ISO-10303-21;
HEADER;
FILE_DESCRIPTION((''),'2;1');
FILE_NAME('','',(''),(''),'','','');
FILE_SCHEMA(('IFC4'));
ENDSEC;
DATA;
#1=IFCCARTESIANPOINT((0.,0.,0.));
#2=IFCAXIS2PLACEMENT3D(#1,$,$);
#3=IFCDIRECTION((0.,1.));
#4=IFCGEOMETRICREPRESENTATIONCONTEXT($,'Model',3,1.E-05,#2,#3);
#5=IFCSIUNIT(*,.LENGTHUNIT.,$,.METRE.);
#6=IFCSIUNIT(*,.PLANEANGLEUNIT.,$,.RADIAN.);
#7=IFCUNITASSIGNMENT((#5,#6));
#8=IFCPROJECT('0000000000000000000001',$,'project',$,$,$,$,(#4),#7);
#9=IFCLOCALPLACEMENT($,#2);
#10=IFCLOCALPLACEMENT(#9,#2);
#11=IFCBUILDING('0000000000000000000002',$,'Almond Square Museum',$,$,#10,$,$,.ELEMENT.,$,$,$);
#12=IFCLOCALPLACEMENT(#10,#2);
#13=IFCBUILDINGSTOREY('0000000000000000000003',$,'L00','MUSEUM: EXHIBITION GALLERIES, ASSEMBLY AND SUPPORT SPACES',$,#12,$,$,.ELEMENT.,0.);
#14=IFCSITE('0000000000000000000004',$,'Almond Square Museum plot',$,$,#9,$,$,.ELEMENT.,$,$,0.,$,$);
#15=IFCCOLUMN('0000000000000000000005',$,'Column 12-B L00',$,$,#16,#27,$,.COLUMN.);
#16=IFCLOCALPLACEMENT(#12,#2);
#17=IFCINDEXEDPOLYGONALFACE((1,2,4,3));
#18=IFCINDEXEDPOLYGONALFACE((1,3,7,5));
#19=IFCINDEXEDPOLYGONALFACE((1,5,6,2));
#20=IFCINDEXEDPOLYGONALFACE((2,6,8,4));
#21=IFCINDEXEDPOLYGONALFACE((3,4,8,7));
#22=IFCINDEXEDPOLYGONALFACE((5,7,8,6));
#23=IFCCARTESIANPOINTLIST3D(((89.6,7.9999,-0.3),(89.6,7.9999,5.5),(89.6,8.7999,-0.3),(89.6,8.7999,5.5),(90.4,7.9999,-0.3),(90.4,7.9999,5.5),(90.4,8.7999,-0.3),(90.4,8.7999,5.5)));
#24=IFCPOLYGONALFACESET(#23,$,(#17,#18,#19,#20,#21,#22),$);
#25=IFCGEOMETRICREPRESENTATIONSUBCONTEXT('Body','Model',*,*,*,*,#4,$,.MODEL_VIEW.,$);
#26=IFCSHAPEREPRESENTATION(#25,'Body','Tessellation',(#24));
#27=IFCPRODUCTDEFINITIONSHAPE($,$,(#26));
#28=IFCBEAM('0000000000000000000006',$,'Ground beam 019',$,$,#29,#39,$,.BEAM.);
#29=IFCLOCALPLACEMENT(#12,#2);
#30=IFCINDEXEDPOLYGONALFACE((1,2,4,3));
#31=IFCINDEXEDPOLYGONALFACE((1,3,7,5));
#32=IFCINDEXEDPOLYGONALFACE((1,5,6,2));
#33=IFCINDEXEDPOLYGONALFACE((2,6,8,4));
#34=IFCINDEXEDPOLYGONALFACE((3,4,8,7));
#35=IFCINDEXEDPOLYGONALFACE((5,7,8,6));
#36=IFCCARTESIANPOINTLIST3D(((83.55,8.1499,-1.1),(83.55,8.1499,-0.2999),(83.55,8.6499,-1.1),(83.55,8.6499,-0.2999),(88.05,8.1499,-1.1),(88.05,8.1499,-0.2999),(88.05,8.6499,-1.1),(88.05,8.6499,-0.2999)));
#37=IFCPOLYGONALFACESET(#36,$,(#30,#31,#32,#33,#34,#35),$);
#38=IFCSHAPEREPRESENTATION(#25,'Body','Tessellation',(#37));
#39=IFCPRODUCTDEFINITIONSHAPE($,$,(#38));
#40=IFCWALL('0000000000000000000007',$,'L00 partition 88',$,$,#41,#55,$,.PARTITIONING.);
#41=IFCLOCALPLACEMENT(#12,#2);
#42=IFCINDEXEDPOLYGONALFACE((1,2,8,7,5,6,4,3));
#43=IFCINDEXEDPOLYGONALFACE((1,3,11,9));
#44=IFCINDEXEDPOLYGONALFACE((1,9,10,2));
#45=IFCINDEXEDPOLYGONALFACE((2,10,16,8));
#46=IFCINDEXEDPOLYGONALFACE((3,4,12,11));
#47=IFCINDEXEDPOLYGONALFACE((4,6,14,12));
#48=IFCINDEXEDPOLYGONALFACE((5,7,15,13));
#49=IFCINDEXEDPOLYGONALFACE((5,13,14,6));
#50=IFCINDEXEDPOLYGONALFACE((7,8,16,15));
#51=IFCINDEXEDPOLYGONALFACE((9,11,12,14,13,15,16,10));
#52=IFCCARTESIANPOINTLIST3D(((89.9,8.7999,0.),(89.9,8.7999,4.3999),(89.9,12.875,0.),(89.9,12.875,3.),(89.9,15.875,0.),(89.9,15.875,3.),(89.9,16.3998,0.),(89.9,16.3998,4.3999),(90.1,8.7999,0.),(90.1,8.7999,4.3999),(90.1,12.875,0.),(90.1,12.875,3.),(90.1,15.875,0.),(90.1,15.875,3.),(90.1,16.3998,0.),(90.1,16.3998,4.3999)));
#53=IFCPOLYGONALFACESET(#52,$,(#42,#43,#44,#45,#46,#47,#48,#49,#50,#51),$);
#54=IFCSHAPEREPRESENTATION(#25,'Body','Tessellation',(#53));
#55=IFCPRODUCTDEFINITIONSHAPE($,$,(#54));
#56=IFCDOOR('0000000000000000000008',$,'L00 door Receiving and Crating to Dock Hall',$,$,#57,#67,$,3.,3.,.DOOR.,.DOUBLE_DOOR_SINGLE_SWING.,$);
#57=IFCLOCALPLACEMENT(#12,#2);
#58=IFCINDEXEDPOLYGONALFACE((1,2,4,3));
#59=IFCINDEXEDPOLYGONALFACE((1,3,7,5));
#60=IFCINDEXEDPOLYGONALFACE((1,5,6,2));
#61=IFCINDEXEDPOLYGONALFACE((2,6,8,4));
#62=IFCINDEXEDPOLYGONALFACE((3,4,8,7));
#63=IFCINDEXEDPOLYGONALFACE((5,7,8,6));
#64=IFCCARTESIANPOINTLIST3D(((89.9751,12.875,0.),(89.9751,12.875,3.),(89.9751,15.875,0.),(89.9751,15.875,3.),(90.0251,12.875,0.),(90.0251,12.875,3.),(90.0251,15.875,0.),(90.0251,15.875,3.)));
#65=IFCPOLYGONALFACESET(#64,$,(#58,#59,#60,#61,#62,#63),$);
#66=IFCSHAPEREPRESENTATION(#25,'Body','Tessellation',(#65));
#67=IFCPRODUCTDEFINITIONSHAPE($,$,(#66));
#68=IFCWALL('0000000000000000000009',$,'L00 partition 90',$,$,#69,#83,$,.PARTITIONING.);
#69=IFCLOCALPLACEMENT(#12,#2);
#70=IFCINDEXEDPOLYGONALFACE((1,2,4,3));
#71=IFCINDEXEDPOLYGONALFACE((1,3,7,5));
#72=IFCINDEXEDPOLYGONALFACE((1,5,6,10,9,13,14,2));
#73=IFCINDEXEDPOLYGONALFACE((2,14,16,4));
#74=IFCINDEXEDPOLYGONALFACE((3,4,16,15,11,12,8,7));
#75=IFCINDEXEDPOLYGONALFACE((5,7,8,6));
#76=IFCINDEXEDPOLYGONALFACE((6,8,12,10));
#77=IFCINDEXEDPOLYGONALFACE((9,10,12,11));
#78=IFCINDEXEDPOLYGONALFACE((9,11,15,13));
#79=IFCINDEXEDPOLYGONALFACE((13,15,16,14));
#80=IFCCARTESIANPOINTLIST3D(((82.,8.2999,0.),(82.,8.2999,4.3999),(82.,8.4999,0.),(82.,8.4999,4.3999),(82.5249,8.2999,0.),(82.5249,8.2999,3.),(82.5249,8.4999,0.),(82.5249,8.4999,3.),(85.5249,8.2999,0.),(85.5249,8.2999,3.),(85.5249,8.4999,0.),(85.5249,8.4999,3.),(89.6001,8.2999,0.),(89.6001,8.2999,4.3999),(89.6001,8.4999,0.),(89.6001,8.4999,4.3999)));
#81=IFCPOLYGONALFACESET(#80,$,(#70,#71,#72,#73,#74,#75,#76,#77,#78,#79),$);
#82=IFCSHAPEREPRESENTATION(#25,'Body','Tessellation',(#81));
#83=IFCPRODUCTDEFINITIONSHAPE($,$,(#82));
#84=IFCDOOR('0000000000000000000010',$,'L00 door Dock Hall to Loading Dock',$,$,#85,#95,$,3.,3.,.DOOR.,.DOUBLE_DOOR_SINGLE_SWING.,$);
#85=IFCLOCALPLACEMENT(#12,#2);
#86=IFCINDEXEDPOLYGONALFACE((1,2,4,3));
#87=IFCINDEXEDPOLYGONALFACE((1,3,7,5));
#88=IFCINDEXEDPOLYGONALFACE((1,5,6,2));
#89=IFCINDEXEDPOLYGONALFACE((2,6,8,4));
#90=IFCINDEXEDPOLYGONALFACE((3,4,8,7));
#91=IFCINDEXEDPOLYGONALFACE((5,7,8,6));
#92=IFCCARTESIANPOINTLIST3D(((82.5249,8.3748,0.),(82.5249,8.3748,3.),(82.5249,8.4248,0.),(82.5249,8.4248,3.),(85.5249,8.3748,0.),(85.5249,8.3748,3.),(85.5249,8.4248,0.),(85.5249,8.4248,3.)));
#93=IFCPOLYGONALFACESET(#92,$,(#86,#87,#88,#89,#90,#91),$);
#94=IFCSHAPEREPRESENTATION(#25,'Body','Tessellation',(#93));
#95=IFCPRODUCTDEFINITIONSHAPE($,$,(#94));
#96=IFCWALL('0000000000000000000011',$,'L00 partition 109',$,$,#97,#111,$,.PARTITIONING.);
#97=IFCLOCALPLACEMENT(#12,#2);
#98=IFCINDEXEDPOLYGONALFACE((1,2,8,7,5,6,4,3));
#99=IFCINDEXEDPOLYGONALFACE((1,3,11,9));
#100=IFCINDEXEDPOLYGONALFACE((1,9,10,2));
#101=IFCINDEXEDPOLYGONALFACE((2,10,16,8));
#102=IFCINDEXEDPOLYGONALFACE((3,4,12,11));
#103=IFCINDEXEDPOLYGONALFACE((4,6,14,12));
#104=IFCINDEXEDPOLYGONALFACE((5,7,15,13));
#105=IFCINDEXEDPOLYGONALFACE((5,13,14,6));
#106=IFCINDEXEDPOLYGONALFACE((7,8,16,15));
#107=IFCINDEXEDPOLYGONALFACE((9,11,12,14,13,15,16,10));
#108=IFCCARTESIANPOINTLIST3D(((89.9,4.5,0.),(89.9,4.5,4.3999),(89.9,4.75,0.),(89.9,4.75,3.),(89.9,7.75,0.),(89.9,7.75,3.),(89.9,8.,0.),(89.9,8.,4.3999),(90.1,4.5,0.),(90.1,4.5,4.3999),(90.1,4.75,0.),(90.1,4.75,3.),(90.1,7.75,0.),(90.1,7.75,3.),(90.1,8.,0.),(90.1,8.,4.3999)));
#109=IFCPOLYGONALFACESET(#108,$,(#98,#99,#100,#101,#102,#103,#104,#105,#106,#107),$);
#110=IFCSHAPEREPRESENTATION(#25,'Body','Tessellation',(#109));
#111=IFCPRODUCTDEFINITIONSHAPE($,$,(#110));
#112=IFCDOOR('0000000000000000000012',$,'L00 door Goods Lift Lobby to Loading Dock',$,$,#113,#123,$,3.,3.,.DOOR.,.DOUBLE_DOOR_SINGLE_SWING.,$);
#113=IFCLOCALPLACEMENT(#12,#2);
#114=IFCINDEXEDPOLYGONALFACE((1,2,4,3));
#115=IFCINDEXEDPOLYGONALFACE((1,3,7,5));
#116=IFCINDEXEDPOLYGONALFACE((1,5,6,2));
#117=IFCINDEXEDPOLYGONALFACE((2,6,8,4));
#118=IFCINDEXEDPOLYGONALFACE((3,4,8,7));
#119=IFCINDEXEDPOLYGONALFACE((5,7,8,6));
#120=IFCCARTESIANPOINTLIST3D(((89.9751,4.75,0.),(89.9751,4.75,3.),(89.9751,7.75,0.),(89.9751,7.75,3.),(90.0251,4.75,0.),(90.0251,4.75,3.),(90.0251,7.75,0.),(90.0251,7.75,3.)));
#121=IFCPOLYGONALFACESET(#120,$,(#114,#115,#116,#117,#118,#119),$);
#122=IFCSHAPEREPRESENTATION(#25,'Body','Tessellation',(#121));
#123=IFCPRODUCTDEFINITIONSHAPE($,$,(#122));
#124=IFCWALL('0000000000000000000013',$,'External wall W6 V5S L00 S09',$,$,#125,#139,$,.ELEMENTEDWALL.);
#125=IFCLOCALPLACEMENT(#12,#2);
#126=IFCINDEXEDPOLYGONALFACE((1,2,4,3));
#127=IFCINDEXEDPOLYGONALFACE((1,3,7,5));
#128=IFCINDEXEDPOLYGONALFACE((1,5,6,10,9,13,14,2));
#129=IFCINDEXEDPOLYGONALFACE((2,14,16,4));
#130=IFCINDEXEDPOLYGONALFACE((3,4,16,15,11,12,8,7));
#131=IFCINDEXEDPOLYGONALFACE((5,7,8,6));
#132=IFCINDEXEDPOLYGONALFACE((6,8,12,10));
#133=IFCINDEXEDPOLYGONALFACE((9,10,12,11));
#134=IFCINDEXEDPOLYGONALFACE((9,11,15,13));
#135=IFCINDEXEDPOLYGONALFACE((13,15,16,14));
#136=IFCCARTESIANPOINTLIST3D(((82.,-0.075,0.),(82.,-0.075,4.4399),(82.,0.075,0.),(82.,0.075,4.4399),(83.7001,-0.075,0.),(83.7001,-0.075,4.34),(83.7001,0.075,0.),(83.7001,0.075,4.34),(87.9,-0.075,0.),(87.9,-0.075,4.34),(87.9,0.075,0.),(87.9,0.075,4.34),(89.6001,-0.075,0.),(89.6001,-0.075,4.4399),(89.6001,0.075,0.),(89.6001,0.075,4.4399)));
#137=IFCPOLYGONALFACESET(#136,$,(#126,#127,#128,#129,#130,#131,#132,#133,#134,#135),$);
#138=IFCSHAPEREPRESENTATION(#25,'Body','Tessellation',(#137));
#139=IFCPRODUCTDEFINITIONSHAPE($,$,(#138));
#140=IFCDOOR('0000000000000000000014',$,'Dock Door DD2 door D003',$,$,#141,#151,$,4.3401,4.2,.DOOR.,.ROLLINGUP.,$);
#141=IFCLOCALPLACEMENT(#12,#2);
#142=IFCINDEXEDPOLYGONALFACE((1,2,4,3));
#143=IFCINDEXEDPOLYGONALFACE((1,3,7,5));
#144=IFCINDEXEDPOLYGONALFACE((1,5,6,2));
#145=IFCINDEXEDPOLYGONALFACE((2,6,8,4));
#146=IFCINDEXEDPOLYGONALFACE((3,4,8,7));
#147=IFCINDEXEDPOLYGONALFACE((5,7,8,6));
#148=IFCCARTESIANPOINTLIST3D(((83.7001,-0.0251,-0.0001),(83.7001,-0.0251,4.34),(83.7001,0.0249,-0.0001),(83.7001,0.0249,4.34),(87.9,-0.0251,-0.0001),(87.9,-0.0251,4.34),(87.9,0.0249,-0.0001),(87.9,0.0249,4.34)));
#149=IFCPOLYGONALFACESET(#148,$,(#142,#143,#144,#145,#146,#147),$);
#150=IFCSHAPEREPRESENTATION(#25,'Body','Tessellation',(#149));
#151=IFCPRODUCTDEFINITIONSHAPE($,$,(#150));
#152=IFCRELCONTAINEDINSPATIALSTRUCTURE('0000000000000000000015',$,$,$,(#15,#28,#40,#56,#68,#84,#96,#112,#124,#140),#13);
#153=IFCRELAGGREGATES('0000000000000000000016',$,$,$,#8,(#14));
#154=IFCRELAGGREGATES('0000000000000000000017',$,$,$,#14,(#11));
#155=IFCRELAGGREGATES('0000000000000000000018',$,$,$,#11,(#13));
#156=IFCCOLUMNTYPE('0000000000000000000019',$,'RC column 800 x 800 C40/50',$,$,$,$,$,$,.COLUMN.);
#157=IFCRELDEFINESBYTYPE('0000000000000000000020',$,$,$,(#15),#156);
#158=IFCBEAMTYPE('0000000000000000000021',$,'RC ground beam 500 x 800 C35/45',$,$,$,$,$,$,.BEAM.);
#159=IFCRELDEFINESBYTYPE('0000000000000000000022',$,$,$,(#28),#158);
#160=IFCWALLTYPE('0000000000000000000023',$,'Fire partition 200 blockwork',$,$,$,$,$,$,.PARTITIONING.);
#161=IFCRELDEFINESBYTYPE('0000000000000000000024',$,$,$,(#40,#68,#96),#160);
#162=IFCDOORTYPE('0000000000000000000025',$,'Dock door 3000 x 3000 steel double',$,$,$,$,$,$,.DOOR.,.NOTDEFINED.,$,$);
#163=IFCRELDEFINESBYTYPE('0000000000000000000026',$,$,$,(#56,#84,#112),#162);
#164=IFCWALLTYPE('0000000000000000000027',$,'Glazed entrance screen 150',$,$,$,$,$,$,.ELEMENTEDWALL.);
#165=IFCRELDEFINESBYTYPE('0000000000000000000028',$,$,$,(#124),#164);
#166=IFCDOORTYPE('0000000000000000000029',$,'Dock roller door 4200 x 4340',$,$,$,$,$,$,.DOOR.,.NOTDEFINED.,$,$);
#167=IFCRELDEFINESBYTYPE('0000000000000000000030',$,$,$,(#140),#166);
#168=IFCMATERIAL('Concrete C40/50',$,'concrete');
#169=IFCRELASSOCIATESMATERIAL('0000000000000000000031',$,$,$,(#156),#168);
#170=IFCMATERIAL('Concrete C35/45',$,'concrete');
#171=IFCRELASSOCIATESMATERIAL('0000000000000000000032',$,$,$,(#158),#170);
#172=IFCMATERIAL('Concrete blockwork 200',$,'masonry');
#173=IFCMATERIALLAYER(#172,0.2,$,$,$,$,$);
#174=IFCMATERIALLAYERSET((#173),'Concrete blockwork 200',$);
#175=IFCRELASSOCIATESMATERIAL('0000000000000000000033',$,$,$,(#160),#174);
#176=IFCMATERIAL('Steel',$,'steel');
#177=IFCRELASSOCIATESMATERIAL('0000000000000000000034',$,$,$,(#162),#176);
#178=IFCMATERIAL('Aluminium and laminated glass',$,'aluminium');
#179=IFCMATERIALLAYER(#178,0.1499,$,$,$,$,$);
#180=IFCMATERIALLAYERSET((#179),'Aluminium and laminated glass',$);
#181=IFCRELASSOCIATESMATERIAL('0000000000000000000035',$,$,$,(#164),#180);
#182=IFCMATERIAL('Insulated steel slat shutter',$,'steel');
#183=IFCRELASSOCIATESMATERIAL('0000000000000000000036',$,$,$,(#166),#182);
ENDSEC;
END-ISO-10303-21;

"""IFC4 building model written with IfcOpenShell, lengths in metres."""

from ifc_helpers import new_model, si_unit, direction, frame, frame_2d, origin, origin_2d, place, context, subcontext, project, spatial, rectangle, extrude, material, layer, layer_set, material_profile, profile_set, type_object, element, fill, save


model = new_model("IFC4")

# Units and contexts
model_context = context("Model", 3, precision=1e-05, world=origin(), true_north=direction((0.0, 1.0)))
body_context = subcontext(model_context, "Body", "Model", "MODEL_VIEW")
ifc_project = project(units=[si_unit("LENGTHUNIT", "METRE"), si_unit("PLANEANGLEUNIT", "RADIAN")], contexts=[model_context])

# Site, building, storey
site_placement = place(None, origin())
site = spatial("IfcSite", under=ifc_project, at=site_placement, Name="Almond Square Museum plot", CompositionType="ELEMENT", RefElevation=0.0)
building_placement = place(site_placement, origin())
building = spatial("IfcBuilding", under=site, at=building_placement, Name="Almond Square Museum", CompositionType="ELEMENT")
storey_placement = place(building_placement, origin())
storey = spatial("IfcBuildingStorey", under=building, at=storey_placement, Name="L00", Description="MUSEUM: EXHIBITION GALLERIES, ASSEMBLY AND SUPPORT SPACES", CompositionType="ELEMENT", Elevation=0.0)

# Column
ifc_material_1 = material(Name="Concrete C40/50", Category="concrete")
ifc_material_profile_1 = material_profile(ifc_material_1, rectangle(XDim=0.8, YDim=0.8, at=origin_2d()))
ifc_profile_set_1 = profile_set([ifc_material_profile_1], Name="Concrete C40/50")
column_type = type_object("IfcColumnType", Name="RC column 800 x 800 C40/50", PredefinedType="COLUMN", material=ifc_profile_set_1)
for number, where, z_axis, x_axis, name in (
    (1, (90.0, 8.3999, -0.3), (0.0, 0.0, 1.0), (1.0, 0.0, 0.0), "Column 12-B L00"),
):
    element("IfcColumn", number, at=place(storey_placement, frame(where, z_axis=z_axis, x_axis=x_axis)), inside=storey, type_object=column_type, Name=name, PredefinedType="COLUMN", context=body_context, shape_type="SweptSolid", body=[
        extrude(rectangle(XDim=0.8, YDim=0.8, at=origin_2d()), origin(), (0.0, 0.0, 1.0), 5.8),
    ])

# Beam
ifc_material_2 = material(Name="Concrete C35/45", Category="concrete")
ifc_material_profile_2 = material_profile(ifc_material_2, rectangle(XDim=0.5, YDim=0.8, at=origin_2d()))
ifc_profile_set_2 = profile_set([ifc_material_profile_2], Name="Concrete C35/45")
beam_type = type_object("IfcBeamType", Name="RC ground beam 500 x 800 C35/45", PredefinedType="BEAM", material=ifc_profile_set_2)
beam_placement = place(storey_placement, frame((83.55, 8.3999, -0.7), z_axis=(1.0, 0.0, 0.0), x_axis=(0.0, 1.0, 0.0)))
element("IfcBeam", 2, at=beam_placement, inside=storey, type_object=beam_type, Name="Ground beam 019", PredefinedType="BEAM", context=body_context, shape_type="SweptSolid", body=[
    extrude(rectangle(XDim=0.5, YDim=0.8, at=origin_2d()), origin(), (0.0, 0.0, 1.0), 4.5),
])

# Walls, openings, doors
ifc_material_3 = material(Name="Concrete blockwork 200", Category="masonry")
ifc_layer_1 = layer(ifc_material_3, 0.2)
ifc_layer_set_1 = layer_set([ifc_layer_1], Name="Concrete blockwork 200")
wall_type_1 = type_object("IfcWallType", Name="Fire partition 200 blockwork", PredefinedType="PARTITIONING", material=ifc_layer_set_1)
wall_1_placement = place(storey_placement, frame((90.0, 8.8, 0.0), z_axis=(0.0, 0.0, 1.0), x_axis=(0.0, 1.0, 0.0)))
wall_1 = element("IfcWall", 3, at=wall_1_placement, inside=storey, type_object=wall_type_1, Name="L00 partition 88", PredefinedType="PARTITIONING", context=body_context, shape_type="SweptSolid", body=[
    extrude(rectangle(XDim=7.5999, YDim=0.2, at=frame_2d((3.7998, 0.0))), origin(), (0.0, 0.0, 1.0), 4.3999),
])
opening_1_placement = place(wall_1_placement, frame((4.075, 0.0, 0.0)))
opening_1 = element("IfcOpeningElement", 4, at=opening_1_placement, cuts=wall_1, PredefinedType="OPENING", context=body_context, shape_type="SweptSolid", body=[
    extrude(rectangle(XDim=3.0, YDim=3.0, at=frame_2d((1.5, 1.5))), frame((0.0, 0.1099, 0.0), z_axis=(0.0, -1.0, 0.0), x_axis=(1.0, 0.0, 0.0)), (0.0, 0.0, 1.0), 0.22),
])
ifc_material_4 = material(Name="Steel", Category="steel")
door_type_1 = type_object("IfcDoorType", Name="Dock door 3000 x 3000 steel double", OperationType="NOTDEFINED", PredefinedType="DOOR", material=ifc_material_4)
door_1_placement = place(opening_1_placement, origin())
door_1 = element("IfcDoor", 5, at=door_1_placement, inside=storey, type_object=door_type_1, Name="L00 door Receiving and Crating to Dock Hall", OperationType="DOUBLE_DOOR_SINGLE_SWING", OverallHeight=3.0, OverallWidth=3.0, PredefinedType="DOOR", context=body_context, shape_type="SweptSolid", body=[
    extrude(rectangle(XDim=3.0, YDim=3.0, at=frame_2d((1.5, 1.5))), frame((0.0, 0.0249, 0.0), z_axis=(0.0, -1.0, 0.0), x_axis=(1.0, 0.0, 0.0)), (0.0, 0.0, 1.0), 0.05),
])
fill(opening_1, door_1)
wall_2_placement = place(storey_placement, frame((82.0, 8.3999, 0.0), z_axis=(0.0, 0.0, 1.0), x_axis=(1.0, 0.0, 0.0)))
wall_2 = element("IfcWall", 6, at=wall_2_placement, inside=storey, type_object=wall_type_1, Name="L00 partition 90", PredefinedType="PARTITIONING", context=body_context, shape_type="SweptSolid", body=[
    extrude(rectangle(XDim=7.6001, YDim=0.2, at=frame_2d((3.8, 0.0))), origin(), (0.0, 0.0, 1.0), 4.3999),
])
opening_2_placement = place(wall_2_placement, frame((0.5249, 0.0, 0.0)))
opening_2 = element("IfcOpeningElement", 7, at=opening_2_placement, cuts=wall_2, PredefinedType="OPENING", context=body_context, shape_type="SweptSolid", body=[
    extrude(rectangle(XDim=3.0, YDim=3.0, at=frame_2d((1.5, 1.5))), frame((0.0, 0.1099, 0.0), z_axis=(0.0, -1.0, 0.0), x_axis=(1.0, 0.0, 0.0)), (0.0, 0.0, 1.0), 0.22),
])
door_2_placement = place(opening_2_placement, origin())
door_2 = element("IfcDoor", 8, at=door_2_placement, inside=storey, type_object=door_type_1, Name="L00 door Dock Hall to Loading Dock", OperationType="DOUBLE_DOOR_SINGLE_SWING", OverallHeight=3.0, OverallWidth=3.0, PredefinedType="DOOR", context=body_context, shape_type="SweptSolid", body=[
    extrude(rectangle(XDim=3.0, YDim=3.0, at=frame_2d((1.5, 1.5))), frame((0.0, 0.0249, 0.0), z_axis=(0.0, -1.0, 0.0), x_axis=(1.0, 0.0, 0.0)), (0.0, 0.0, 1.0), 0.05),
])
fill(opening_2, door_2)
wall_3_placement = place(storey_placement, frame((90.0, 4.5, 0.0), z_axis=(0.0, 0.0, 1.0), x_axis=(0.0, 1.0, 0.0)))
wall_3 = element("IfcWall", 9, at=wall_3_placement, inside=storey, type_object=wall_type_1, Name="L00 partition 109", PredefinedType="PARTITIONING", context=body_context, shape_type="SweptSolid", body=[
    extrude(rectangle(XDim=3.5, YDim=0.2, at=frame_2d((1.75, 0.0))), origin(), (0.0, 0.0, 1.0), 4.3999),
])
opening_3_placement = place(wall_3_placement, frame((0.25, 0.0, 0.0)))
opening_3 = element("IfcOpeningElement", 10, at=opening_3_placement, cuts=wall_3, PredefinedType="OPENING", context=body_context, shape_type="SweptSolid", body=[
    extrude(rectangle(XDim=3.0, YDim=3.0, at=frame_2d((1.5, 1.5))), frame((0.0, 0.1099, 0.0), z_axis=(0.0, -1.0, 0.0), x_axis=(1.0, 0.0, 0.0)), (0.0, 0.0, 1.0), 0.22),
])
door_3_placement = place(opening_3_placement, origin())
door_3 = element("IfcDoor", 11, at=door_3_placement, inside=storey, type_object=door_type_1, Name="L00 door Goods Lift Lobby to Loading Dock", OperationType="DOUBLE_DOOR_SINGLE_SWING", OverallHeight=3.0, OverallWidth=3.0, PredefinedType="DOOR", context=body_context, shape_type="SweptSolid", body=[
    extrude(rectangle(XDim=3.0, YDim=3.0, at=frame_2d((1.5, 1.5))), frame((0.0, 0.0249, 0.0), z_axis=(0.0, -1.0, 0.0), x_axis=(1.0, 0.0, 0.0)), (0.0, 0.0, 1.0), 0.05),
])
fill(opening_3, door_3)
ifc_material_5 = material(Name="Aluminium and laminated glass", Category="aluminium")
ifc_layer_2 = layer(ifc_material_5, 0.1499)
ifc_layer_set_2 = layer_set([ifc_layer_2], Name="Aluminium and laminated glass")
wall_type_2 = type_object("IfcWallType", Name="Glazed entrance screen 150", PredefinedType="ELEMENTEDWALL", material=ifc_layer_set_2)
wall_4_placement = place(storey_placement, frame((82.0, 0.0, 0.0), z_axis=(0.0, 0.0, 1.0), x_axis=(1.0, 0.0, 0.0)))
wall_4 = element("IfcWall", 12, at=wall_4_placement, inside=storey, type_object=wall_type_2, Name="External wall W6 V5S L00 S09", PredefinedType="ELEMENTEDWALL", context=body_context, shape_type="SweptSolid", body=[
    extrude(rectangle(XDim=7.6001, YDim=0.1499, at=frame_2d((3.8, 0.0))), origin(), (0.0, 0.0, 1.0), 4.4399),
])
opening_4_placement = place(wall_4_placement, frame((1.7, 0.0, 0.0)))
opening_4 = element("IfcOpeningElement", 13, at=opening_4_placement, cuts=wall_4, PredefinedType="OPENING", context=body_context, shape_type="SweptSolid", body=[
    extrude(rectangle(XDim=4.2, YDim=4.3401, at=frame_2d((2.1001, 2.1699))), frame((0.0, 0.085, 0.0), z_axis=(0.0, -1.0, 0.0), x_axis=(1.0, 0.0, 0.0)), (0.0, 0.0, 1.0), 0.1699),
])
ifc_material_6 = material(Name="Insulated steel slat shutter", Category="steel")
door_type_2 = type_object("IfcDoorType", Name="Dock roller door 4200 x 4340", OperationType="NOTDEFINED", PredefinedType="DOOR", material=ifc_material_6)
door_4_placement = place(opening_4_placement, origin())
door_4 = element("IfcDoor", 14, at=door_4_placement, inside=storey, type_object=door_type_2, Name="Dock Door DD2 door D003", OperationType="ROLLINGUP", OverallHeight=4.3401, OverallWidth=4.2, PredefinedType="DOOR", context=body_context, shape_type="SweptSolid", body=[
    extrude(rectangle(XDim=4.2, YDim=4.3401, at=frame_2d((2.1001, 2.1699))), frame((0.0, 0.0249, 0.0), z_axis=(0.0, -1.0, 0.0), x_axis=(1.0, 0.0, 0.0)), (0.0, 0.0, 1.0), 0.05),
])
fill(opening_4, door_4)

save(model, "model.ifc")
